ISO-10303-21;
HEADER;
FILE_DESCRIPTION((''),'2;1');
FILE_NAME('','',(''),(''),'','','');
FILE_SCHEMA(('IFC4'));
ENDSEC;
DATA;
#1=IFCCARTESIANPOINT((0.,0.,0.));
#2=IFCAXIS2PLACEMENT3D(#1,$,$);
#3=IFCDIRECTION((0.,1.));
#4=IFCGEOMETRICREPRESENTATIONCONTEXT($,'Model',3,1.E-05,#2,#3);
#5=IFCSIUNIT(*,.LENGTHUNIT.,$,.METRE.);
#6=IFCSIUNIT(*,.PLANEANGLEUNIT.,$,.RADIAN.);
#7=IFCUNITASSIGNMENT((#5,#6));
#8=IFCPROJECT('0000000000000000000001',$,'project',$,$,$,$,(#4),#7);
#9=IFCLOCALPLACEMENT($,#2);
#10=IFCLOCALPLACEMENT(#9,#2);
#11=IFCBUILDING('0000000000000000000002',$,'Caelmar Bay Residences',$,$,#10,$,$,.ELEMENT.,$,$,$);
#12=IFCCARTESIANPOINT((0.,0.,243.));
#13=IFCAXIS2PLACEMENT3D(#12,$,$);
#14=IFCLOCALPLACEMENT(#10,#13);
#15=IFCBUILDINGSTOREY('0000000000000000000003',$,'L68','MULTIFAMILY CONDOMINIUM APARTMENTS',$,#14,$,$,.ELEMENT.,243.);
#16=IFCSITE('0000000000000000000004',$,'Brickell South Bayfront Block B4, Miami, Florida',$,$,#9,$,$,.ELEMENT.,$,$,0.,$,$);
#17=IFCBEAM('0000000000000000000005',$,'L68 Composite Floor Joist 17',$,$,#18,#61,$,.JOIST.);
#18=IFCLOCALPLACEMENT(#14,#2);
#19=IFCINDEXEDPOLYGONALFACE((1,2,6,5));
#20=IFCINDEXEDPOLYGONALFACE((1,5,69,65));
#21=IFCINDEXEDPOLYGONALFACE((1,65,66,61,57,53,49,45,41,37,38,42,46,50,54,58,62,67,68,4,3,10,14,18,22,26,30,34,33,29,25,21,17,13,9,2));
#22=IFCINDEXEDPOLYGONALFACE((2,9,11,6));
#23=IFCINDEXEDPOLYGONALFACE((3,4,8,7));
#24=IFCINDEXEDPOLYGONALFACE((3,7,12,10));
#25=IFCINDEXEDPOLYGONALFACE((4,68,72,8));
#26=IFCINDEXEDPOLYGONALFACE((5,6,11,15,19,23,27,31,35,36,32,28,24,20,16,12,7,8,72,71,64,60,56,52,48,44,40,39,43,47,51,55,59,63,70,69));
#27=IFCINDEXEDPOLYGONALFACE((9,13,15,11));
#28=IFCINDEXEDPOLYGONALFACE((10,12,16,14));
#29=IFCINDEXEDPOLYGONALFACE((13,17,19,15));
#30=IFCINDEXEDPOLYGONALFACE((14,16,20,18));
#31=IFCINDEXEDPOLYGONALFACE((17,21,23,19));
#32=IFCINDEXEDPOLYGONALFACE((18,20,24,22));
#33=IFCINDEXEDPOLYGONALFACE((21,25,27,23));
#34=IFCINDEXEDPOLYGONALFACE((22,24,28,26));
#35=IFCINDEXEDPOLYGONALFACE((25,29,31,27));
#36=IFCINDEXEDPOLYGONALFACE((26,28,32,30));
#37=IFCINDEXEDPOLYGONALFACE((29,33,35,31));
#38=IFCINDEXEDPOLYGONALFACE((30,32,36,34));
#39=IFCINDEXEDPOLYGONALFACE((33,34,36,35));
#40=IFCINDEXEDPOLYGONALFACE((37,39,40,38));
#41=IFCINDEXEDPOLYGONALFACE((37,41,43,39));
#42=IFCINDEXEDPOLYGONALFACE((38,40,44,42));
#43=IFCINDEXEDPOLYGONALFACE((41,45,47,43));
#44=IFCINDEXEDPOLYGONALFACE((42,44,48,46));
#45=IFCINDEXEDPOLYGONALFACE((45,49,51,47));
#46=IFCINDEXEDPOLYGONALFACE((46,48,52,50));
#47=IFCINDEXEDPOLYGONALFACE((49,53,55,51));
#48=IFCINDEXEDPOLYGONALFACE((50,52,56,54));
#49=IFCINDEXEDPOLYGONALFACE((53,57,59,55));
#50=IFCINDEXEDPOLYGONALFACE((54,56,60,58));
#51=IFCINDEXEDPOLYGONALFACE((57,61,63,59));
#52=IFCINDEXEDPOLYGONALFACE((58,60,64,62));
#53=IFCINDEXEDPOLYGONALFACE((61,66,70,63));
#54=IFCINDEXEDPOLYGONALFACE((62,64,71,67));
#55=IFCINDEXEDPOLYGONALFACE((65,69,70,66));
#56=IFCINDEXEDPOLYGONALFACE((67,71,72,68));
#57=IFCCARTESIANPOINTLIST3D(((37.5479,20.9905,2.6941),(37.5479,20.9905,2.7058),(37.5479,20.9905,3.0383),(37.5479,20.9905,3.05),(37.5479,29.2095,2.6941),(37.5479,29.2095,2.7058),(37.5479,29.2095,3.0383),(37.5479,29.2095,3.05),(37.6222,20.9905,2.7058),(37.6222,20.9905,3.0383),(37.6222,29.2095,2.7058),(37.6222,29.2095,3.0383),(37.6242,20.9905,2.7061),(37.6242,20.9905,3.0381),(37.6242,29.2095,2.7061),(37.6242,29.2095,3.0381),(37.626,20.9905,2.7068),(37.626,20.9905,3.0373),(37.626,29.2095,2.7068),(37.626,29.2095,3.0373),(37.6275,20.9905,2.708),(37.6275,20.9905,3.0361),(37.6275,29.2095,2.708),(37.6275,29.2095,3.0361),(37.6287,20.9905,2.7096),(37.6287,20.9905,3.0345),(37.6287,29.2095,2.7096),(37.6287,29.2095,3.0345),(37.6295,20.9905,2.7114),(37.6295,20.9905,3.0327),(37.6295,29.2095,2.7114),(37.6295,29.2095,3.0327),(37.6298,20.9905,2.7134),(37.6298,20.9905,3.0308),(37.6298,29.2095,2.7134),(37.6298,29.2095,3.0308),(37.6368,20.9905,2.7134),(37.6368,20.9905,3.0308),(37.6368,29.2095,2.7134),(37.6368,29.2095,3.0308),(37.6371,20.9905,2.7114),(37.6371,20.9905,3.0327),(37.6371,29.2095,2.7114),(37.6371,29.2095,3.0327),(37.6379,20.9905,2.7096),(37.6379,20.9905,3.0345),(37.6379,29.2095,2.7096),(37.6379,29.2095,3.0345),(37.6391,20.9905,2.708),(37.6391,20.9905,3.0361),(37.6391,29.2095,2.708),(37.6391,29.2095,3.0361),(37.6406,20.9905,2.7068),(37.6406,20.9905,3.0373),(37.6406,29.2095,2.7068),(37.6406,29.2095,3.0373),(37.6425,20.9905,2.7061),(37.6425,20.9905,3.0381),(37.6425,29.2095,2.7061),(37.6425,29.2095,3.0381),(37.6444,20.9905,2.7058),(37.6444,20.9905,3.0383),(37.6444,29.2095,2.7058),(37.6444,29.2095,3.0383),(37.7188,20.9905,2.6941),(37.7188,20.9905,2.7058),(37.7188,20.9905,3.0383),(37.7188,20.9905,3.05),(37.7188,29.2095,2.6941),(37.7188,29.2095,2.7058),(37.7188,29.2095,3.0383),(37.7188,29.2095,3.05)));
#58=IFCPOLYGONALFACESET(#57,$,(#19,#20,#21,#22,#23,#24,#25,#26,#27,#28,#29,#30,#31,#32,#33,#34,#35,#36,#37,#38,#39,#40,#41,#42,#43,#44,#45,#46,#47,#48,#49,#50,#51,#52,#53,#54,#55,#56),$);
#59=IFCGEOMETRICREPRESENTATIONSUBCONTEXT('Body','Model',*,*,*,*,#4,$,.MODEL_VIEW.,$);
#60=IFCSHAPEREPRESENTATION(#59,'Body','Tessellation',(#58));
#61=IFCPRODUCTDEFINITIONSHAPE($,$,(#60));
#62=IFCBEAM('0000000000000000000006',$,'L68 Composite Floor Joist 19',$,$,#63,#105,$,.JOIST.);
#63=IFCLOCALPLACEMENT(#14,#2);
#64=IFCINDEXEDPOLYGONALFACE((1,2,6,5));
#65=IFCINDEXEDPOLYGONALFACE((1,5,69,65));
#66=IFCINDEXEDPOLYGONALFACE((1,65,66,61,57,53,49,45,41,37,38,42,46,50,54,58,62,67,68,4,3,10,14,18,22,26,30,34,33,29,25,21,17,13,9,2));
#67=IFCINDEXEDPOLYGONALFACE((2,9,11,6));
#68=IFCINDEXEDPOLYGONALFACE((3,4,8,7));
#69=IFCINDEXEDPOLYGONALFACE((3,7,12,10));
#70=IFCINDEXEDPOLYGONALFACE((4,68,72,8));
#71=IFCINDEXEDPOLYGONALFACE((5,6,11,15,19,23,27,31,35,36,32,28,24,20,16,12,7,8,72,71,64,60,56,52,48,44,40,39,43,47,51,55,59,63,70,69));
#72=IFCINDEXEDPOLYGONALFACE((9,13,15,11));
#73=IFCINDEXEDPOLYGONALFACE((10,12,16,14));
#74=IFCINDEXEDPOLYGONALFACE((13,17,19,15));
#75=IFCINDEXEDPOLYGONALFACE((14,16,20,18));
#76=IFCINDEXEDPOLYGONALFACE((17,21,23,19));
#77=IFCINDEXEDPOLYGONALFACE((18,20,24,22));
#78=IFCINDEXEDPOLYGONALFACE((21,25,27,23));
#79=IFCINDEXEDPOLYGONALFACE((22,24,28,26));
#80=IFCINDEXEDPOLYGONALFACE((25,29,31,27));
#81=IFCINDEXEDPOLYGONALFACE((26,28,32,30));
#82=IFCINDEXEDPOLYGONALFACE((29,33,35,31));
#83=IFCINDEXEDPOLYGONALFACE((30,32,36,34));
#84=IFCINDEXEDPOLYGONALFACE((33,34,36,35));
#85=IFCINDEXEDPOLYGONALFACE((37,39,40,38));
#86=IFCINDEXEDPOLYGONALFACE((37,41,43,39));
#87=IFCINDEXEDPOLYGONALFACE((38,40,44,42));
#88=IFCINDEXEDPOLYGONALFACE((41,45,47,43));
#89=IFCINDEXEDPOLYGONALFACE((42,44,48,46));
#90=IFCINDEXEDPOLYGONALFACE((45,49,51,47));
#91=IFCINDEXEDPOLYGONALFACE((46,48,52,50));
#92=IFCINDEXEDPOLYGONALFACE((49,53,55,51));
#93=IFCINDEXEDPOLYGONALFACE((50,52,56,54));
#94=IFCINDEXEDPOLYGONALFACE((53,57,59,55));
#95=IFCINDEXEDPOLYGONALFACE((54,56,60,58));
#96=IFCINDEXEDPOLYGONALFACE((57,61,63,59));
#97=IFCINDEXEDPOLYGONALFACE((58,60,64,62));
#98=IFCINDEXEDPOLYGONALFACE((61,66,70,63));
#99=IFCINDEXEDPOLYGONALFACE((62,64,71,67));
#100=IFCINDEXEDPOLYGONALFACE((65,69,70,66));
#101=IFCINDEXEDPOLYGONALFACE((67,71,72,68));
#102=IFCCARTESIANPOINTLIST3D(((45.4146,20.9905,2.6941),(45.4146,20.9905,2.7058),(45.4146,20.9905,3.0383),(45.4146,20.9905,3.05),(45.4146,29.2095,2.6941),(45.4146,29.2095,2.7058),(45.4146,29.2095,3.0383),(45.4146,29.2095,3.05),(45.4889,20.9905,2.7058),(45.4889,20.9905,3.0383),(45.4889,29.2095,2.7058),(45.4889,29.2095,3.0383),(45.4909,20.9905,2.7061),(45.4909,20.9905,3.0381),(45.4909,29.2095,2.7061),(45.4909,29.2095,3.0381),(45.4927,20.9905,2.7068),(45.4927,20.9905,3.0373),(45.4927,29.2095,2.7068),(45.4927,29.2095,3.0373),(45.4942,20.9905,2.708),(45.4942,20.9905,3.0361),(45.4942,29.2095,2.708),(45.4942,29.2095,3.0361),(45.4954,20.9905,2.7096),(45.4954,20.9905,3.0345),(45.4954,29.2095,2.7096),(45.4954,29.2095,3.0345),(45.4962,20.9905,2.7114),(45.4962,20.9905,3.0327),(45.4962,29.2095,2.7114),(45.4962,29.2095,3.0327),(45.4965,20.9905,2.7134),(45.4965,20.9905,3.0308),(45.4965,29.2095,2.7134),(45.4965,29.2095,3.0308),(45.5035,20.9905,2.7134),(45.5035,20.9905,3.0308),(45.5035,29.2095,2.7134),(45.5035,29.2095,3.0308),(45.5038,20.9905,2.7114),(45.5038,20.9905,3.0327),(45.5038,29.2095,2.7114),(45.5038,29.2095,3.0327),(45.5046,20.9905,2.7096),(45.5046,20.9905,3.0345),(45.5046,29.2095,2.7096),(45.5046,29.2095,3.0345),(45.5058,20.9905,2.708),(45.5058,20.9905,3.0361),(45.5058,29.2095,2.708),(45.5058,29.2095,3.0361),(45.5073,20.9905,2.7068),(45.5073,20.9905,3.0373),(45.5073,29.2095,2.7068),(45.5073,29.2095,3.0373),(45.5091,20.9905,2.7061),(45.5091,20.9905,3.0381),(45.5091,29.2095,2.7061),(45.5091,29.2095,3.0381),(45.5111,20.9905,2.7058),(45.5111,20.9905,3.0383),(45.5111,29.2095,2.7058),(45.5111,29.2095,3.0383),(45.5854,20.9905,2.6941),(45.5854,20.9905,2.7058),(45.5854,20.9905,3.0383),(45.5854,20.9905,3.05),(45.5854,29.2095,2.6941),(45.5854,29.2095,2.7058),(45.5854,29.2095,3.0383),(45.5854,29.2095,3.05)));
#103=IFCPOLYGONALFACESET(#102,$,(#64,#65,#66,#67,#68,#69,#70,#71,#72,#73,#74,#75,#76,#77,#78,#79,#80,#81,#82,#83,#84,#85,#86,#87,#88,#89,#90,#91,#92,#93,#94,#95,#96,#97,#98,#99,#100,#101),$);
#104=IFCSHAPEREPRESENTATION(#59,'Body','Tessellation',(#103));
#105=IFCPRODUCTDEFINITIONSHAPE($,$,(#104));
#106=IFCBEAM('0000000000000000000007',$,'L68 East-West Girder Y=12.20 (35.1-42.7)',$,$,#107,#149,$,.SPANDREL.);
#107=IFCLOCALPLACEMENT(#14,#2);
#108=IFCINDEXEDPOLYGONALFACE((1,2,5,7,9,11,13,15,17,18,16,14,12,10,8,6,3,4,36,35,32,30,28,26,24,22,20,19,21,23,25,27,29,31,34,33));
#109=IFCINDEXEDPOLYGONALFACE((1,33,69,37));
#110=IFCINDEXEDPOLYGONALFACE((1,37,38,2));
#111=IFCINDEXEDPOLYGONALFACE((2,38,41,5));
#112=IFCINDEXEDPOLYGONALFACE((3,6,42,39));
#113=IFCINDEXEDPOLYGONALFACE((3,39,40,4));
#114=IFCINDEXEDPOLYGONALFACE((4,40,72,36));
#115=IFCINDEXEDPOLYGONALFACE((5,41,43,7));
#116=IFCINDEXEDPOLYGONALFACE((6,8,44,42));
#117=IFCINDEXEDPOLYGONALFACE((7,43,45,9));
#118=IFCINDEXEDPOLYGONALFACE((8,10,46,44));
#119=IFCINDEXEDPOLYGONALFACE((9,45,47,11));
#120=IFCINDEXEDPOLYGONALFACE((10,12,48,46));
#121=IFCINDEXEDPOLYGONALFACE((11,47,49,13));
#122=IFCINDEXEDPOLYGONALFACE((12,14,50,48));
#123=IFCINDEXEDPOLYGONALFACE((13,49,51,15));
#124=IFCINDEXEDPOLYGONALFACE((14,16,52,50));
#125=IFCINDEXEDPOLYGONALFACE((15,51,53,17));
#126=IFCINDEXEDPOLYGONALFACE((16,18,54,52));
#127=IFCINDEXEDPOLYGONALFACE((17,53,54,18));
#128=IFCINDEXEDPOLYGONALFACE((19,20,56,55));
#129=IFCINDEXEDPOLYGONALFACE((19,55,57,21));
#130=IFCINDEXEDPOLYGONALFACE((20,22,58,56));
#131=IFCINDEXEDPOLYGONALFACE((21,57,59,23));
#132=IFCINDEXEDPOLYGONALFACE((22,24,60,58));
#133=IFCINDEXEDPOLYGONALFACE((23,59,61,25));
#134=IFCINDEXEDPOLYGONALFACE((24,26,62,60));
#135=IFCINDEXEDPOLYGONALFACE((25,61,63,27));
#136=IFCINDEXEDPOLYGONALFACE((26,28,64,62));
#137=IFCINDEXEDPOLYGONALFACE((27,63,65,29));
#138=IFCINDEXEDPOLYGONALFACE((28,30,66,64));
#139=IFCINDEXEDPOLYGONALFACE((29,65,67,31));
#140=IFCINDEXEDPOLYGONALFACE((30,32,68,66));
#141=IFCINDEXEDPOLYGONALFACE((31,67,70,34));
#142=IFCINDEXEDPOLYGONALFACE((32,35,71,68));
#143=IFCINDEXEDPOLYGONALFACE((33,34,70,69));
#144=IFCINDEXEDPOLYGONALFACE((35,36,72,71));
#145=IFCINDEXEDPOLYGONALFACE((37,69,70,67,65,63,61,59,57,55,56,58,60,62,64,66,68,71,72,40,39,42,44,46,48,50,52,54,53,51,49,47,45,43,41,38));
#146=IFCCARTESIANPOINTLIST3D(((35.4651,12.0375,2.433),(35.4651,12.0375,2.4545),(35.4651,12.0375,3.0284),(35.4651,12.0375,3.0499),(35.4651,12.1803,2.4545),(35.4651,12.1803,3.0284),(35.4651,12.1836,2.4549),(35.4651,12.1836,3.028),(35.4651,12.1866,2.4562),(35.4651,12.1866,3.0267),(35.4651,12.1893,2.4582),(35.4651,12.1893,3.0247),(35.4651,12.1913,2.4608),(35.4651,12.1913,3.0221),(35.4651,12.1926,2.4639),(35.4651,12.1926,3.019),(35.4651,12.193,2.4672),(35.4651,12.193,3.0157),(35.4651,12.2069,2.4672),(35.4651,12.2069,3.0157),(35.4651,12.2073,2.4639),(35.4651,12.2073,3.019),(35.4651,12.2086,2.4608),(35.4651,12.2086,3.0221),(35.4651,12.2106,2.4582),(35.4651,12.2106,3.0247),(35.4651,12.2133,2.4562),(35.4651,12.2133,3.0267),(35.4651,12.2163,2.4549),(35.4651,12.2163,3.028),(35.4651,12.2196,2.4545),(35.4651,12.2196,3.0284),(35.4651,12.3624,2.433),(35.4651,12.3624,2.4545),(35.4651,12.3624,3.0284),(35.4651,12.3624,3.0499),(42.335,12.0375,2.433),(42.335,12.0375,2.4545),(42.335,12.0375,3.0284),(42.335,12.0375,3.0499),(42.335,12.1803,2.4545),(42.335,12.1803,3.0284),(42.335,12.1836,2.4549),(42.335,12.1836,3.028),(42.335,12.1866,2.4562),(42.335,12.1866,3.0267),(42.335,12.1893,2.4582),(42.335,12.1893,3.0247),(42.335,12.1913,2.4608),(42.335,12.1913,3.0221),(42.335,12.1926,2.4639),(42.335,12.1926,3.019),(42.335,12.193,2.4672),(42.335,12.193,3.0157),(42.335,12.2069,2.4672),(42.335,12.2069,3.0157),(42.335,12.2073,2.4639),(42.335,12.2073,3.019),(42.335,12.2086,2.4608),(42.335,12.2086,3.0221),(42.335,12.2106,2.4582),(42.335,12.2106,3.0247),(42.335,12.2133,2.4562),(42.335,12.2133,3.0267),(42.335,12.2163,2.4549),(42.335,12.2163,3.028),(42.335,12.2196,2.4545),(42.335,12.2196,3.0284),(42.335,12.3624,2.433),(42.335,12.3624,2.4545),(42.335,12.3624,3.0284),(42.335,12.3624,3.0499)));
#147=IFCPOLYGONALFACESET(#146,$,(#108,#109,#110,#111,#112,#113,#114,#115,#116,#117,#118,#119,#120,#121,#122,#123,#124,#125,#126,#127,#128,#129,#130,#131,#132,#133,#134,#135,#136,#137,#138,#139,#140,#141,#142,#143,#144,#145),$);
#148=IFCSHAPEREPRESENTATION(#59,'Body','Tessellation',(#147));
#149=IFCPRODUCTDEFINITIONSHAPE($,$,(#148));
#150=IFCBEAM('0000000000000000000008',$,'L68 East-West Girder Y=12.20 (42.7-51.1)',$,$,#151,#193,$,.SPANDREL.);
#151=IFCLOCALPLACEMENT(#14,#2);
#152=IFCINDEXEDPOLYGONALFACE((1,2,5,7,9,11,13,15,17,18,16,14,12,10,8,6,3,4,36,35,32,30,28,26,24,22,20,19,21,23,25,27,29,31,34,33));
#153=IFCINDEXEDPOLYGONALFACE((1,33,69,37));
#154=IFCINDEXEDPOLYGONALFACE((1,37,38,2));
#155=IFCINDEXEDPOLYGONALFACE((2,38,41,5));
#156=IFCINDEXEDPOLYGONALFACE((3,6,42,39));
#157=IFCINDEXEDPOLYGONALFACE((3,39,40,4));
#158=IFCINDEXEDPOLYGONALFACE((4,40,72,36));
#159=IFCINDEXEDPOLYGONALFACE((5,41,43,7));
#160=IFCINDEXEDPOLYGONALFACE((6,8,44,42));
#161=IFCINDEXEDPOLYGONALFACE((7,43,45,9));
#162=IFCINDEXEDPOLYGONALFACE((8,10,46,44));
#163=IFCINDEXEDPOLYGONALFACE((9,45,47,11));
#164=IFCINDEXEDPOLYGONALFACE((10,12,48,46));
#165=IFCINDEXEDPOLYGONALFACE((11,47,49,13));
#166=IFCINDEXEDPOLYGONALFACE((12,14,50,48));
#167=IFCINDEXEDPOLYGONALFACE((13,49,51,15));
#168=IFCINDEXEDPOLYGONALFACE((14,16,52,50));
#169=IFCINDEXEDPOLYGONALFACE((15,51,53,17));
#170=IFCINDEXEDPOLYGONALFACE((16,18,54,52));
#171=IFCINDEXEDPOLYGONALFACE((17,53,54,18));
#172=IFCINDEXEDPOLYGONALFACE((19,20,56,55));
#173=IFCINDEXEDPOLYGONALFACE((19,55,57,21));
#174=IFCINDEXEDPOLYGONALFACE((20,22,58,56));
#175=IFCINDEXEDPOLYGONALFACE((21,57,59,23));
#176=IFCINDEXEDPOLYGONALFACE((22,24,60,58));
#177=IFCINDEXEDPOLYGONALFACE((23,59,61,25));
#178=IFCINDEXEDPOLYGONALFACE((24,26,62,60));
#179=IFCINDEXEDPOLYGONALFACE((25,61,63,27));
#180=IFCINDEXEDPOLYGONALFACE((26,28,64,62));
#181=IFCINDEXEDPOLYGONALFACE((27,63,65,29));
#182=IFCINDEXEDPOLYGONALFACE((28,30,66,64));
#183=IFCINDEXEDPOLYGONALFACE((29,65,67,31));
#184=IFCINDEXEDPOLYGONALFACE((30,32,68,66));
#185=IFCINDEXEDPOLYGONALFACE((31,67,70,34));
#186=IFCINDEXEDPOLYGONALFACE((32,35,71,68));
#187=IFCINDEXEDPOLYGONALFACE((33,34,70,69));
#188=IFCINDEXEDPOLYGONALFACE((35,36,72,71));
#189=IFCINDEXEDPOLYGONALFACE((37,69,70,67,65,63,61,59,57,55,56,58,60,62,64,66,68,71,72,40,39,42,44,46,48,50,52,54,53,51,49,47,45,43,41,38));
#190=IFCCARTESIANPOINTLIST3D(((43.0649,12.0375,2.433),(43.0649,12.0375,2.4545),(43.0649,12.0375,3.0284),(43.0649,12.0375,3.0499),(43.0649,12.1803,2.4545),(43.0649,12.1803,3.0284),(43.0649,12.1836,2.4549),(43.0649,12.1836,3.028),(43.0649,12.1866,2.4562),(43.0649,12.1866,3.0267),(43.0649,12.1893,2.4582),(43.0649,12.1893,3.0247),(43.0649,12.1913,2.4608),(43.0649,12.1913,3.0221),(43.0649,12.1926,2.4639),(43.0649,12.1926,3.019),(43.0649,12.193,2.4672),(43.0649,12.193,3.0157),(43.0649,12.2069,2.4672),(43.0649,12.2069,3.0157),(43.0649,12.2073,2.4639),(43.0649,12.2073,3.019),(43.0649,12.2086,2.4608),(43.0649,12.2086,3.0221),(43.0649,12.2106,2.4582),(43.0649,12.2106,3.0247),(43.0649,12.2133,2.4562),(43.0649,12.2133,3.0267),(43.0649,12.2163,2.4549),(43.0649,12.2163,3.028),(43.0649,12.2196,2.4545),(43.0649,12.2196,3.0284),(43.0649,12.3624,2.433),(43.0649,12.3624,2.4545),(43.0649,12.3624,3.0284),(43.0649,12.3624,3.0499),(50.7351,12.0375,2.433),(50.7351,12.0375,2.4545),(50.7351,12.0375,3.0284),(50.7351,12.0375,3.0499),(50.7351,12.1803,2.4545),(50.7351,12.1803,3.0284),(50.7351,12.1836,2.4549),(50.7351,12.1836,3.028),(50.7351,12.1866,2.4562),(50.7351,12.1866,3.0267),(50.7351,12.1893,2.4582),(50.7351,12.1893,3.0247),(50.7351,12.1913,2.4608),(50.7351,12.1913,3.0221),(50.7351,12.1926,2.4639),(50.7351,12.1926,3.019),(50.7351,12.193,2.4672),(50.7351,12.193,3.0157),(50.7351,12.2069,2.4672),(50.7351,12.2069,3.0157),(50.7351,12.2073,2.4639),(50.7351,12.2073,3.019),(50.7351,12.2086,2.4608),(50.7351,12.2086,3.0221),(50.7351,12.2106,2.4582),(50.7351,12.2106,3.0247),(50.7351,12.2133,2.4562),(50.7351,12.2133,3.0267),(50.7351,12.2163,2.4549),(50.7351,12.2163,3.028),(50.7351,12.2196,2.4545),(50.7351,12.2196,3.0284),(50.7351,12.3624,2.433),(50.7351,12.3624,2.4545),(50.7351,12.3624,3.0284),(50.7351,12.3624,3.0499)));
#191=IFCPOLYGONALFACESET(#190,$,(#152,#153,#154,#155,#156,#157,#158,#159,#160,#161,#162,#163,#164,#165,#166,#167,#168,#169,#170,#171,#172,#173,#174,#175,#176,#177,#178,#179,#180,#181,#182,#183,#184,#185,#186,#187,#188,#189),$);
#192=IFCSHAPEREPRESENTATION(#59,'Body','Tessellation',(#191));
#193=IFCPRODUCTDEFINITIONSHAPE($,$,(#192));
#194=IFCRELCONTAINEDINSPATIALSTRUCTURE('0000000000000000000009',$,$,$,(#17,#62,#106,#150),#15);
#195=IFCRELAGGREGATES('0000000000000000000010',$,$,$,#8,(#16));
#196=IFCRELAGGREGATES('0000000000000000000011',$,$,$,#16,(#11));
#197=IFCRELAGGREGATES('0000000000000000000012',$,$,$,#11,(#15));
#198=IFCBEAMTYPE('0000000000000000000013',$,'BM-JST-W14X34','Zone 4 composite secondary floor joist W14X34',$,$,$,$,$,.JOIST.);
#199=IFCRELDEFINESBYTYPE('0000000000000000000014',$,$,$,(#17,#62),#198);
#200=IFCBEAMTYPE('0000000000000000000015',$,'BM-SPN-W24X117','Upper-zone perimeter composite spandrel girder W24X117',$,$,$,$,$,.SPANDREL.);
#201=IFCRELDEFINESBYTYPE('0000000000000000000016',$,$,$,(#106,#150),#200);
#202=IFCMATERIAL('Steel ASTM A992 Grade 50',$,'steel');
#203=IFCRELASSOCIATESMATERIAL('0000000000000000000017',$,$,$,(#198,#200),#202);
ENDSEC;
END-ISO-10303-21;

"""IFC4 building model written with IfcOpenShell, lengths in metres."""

from ifc_helpers import new_model, si_unit, direction, frame, origin, origin_2d, place, context, subcontext, project, spatial, i_section, extrude, material, material_profile, profile_set, type_object, element, save


model = new_model("IFC4")

# Units and contexts
model_context = context("Model", 3, precision=1e-05, world=origin(), true_north=direction((0.0, 1.0)))
body_context = subcontext(model_context, "Body", "Model", "MODEL_VIEW")
ifc_project = project(units=[si_unit("LENGTHUNIT", "METRE"), si_unit("PLANEANGLEUNIT", "RADIAN")], contexts=[model_context])

# Site, building, storey
site_placement = place(None, origin())
site = spatial("IfcSite", under=ifc_project, at=site_placement, Name="Brickell South Bayfront Block B4, Miami, Florida", CompositionType="ELEMENT", RefElevation=0.0)
building_placement = place(site_placement, origin())
building = spatial("IfcBuilding", under=site, at=building_placement, Name="Caelmar Bay Residences", CompositionType="ELEMENT")
storey_placement = place(building_placement, frame((0.0, 0.0, 243.0)))
storey = spatial("IfcBuildingStorey", under=building, at=storey_placement, Name="L68", Description="MULTIFAMILY CONDOMINIUM APARTMENTS", CompositionType="ELEMENT", Elevation=243.0)

# Beams
ifc_material_1 = material(Name="Steel ASTM A992 Grade 50", Category="steel")
ifc_material_profile_1 = material_profile(ifc_material_1, i_section(OverallWidth=0.1709, OverallDepth=0.356, WebThickness=0.0071, FlangeThickness=0.0117, FilletRadius=0.0076, at=origin_2d()), Name="W14X34")
ifc_profile_set_1 = profile_set([ifc_material_profile_1], Name="Steel ASTM A992 Grade 50")
beam_type_1 = type_object("IfcBeamType", Name="BM-JST-W14X34", Description="Zone 4 composite secondary floor joist W14X34", PredefinedType="JOIST", material=ifc_profile_set_1)
for number, where, z_axis, x_axis, name in (
    (1, (37.6333, 20.9905, 2.8721), (0.0, 1.0, 0.0), (-1.0, 0.0, 0.0), "L68 Composite Floor Joist 17"),
    (2, (45.5, 20.9905, 2.8721), (0.0, 1.0, 0.0), (-1.0, 0.0, 0.0), "L68 Composite Floor Joist 19"),
):
    element("IfcBeam", number, at=place(storey_placement, frame(where, z_axis=z_axis, x_axis=x_axis)), inside=storey, type_object=beam_type_1, Name=name, PredefinedType="JOIST", context=body_context, shape_type="SweptSolid", body=[
        extrude(i_section(OverallWidth=0.1709, OverallDepth=0.356, WebThickness=0.0071, FlangeThickness=0.0117, FilletRadius=0.0076, at=origin_2d()), origin(), (0.0, 0.0, 1.0), 8.219),
    ])
ifc_material_profile_2 = material_profile(ifc_material_1, i_section(OverallWidth=0.325, OverallDepth=0.6169, WebThickness=0.0139, FlangeThickness=0.0215, FilletRadius=0.0127, at=origin_2d()), Name="W24X117")
ifc_profile_set_2 = profile_set([ifc_material_profile_2], Name="Steel ASTM A992 Grade 50")
beam_type_2 = type_object("IfcBeamType", Name="BM-SPN-W24X117", Description="Upper-zone perimeter composite spandrel girder W24X117", PredefinedType="SPANDREL", material=ifc_profile_set_2)
beam_1_placement = place(storey_placement, frame((35.4651, 12.2, 2.7415), z_axis=(1.0, 0.0, 0.0), x_axis=(0.0, 1.0, 0.0)))
element("IfcBeam", 3, at=beam_1_placement, inside=storey, type_object=beam_type_2, Name="L68 East-West Girder Y=12.20 (35.1-42.7)", PredefinedType="SPANDREL", context=body_context, shape_type="SweptSolid", body=[
    extrude(i_section(OverallWidth=0.325, OverallDepth=0.6169, WebThickness=0.0139, FlangeThickness=0.0215, FilletRadius=0.0127, at=origin_2d()), origin(), (0.0, 0.0, 1.0), 6.8699),
])
beam_2_placement = place(storey_placement, frame((43.0649, 12.2, 2.7415), z_axis=(1.0, 0.0, 0.0), x_axis=(0.0, 1.0, 0.0)))
element("IfcBeam", 4, at=beam_2_placement, inside=storey, type_object=beam_type_2, Name="L68 East-West Girder Y=12.20 (42.7-51.1)", PredefinedType="SPANDREL", context=body_context, shape_type="SweptSolid", body=[
    extrude(i_section(OverallWidth=0.325, OverallDepth=0.6169, WebThickness=0.0139, FlangeThickness=0.0215, FilletRadius=0.0127, at=origin_2d()), origin(), (0.0, 0.0, 1.0), 7.6702),
])

save(model, "model.ifc")
